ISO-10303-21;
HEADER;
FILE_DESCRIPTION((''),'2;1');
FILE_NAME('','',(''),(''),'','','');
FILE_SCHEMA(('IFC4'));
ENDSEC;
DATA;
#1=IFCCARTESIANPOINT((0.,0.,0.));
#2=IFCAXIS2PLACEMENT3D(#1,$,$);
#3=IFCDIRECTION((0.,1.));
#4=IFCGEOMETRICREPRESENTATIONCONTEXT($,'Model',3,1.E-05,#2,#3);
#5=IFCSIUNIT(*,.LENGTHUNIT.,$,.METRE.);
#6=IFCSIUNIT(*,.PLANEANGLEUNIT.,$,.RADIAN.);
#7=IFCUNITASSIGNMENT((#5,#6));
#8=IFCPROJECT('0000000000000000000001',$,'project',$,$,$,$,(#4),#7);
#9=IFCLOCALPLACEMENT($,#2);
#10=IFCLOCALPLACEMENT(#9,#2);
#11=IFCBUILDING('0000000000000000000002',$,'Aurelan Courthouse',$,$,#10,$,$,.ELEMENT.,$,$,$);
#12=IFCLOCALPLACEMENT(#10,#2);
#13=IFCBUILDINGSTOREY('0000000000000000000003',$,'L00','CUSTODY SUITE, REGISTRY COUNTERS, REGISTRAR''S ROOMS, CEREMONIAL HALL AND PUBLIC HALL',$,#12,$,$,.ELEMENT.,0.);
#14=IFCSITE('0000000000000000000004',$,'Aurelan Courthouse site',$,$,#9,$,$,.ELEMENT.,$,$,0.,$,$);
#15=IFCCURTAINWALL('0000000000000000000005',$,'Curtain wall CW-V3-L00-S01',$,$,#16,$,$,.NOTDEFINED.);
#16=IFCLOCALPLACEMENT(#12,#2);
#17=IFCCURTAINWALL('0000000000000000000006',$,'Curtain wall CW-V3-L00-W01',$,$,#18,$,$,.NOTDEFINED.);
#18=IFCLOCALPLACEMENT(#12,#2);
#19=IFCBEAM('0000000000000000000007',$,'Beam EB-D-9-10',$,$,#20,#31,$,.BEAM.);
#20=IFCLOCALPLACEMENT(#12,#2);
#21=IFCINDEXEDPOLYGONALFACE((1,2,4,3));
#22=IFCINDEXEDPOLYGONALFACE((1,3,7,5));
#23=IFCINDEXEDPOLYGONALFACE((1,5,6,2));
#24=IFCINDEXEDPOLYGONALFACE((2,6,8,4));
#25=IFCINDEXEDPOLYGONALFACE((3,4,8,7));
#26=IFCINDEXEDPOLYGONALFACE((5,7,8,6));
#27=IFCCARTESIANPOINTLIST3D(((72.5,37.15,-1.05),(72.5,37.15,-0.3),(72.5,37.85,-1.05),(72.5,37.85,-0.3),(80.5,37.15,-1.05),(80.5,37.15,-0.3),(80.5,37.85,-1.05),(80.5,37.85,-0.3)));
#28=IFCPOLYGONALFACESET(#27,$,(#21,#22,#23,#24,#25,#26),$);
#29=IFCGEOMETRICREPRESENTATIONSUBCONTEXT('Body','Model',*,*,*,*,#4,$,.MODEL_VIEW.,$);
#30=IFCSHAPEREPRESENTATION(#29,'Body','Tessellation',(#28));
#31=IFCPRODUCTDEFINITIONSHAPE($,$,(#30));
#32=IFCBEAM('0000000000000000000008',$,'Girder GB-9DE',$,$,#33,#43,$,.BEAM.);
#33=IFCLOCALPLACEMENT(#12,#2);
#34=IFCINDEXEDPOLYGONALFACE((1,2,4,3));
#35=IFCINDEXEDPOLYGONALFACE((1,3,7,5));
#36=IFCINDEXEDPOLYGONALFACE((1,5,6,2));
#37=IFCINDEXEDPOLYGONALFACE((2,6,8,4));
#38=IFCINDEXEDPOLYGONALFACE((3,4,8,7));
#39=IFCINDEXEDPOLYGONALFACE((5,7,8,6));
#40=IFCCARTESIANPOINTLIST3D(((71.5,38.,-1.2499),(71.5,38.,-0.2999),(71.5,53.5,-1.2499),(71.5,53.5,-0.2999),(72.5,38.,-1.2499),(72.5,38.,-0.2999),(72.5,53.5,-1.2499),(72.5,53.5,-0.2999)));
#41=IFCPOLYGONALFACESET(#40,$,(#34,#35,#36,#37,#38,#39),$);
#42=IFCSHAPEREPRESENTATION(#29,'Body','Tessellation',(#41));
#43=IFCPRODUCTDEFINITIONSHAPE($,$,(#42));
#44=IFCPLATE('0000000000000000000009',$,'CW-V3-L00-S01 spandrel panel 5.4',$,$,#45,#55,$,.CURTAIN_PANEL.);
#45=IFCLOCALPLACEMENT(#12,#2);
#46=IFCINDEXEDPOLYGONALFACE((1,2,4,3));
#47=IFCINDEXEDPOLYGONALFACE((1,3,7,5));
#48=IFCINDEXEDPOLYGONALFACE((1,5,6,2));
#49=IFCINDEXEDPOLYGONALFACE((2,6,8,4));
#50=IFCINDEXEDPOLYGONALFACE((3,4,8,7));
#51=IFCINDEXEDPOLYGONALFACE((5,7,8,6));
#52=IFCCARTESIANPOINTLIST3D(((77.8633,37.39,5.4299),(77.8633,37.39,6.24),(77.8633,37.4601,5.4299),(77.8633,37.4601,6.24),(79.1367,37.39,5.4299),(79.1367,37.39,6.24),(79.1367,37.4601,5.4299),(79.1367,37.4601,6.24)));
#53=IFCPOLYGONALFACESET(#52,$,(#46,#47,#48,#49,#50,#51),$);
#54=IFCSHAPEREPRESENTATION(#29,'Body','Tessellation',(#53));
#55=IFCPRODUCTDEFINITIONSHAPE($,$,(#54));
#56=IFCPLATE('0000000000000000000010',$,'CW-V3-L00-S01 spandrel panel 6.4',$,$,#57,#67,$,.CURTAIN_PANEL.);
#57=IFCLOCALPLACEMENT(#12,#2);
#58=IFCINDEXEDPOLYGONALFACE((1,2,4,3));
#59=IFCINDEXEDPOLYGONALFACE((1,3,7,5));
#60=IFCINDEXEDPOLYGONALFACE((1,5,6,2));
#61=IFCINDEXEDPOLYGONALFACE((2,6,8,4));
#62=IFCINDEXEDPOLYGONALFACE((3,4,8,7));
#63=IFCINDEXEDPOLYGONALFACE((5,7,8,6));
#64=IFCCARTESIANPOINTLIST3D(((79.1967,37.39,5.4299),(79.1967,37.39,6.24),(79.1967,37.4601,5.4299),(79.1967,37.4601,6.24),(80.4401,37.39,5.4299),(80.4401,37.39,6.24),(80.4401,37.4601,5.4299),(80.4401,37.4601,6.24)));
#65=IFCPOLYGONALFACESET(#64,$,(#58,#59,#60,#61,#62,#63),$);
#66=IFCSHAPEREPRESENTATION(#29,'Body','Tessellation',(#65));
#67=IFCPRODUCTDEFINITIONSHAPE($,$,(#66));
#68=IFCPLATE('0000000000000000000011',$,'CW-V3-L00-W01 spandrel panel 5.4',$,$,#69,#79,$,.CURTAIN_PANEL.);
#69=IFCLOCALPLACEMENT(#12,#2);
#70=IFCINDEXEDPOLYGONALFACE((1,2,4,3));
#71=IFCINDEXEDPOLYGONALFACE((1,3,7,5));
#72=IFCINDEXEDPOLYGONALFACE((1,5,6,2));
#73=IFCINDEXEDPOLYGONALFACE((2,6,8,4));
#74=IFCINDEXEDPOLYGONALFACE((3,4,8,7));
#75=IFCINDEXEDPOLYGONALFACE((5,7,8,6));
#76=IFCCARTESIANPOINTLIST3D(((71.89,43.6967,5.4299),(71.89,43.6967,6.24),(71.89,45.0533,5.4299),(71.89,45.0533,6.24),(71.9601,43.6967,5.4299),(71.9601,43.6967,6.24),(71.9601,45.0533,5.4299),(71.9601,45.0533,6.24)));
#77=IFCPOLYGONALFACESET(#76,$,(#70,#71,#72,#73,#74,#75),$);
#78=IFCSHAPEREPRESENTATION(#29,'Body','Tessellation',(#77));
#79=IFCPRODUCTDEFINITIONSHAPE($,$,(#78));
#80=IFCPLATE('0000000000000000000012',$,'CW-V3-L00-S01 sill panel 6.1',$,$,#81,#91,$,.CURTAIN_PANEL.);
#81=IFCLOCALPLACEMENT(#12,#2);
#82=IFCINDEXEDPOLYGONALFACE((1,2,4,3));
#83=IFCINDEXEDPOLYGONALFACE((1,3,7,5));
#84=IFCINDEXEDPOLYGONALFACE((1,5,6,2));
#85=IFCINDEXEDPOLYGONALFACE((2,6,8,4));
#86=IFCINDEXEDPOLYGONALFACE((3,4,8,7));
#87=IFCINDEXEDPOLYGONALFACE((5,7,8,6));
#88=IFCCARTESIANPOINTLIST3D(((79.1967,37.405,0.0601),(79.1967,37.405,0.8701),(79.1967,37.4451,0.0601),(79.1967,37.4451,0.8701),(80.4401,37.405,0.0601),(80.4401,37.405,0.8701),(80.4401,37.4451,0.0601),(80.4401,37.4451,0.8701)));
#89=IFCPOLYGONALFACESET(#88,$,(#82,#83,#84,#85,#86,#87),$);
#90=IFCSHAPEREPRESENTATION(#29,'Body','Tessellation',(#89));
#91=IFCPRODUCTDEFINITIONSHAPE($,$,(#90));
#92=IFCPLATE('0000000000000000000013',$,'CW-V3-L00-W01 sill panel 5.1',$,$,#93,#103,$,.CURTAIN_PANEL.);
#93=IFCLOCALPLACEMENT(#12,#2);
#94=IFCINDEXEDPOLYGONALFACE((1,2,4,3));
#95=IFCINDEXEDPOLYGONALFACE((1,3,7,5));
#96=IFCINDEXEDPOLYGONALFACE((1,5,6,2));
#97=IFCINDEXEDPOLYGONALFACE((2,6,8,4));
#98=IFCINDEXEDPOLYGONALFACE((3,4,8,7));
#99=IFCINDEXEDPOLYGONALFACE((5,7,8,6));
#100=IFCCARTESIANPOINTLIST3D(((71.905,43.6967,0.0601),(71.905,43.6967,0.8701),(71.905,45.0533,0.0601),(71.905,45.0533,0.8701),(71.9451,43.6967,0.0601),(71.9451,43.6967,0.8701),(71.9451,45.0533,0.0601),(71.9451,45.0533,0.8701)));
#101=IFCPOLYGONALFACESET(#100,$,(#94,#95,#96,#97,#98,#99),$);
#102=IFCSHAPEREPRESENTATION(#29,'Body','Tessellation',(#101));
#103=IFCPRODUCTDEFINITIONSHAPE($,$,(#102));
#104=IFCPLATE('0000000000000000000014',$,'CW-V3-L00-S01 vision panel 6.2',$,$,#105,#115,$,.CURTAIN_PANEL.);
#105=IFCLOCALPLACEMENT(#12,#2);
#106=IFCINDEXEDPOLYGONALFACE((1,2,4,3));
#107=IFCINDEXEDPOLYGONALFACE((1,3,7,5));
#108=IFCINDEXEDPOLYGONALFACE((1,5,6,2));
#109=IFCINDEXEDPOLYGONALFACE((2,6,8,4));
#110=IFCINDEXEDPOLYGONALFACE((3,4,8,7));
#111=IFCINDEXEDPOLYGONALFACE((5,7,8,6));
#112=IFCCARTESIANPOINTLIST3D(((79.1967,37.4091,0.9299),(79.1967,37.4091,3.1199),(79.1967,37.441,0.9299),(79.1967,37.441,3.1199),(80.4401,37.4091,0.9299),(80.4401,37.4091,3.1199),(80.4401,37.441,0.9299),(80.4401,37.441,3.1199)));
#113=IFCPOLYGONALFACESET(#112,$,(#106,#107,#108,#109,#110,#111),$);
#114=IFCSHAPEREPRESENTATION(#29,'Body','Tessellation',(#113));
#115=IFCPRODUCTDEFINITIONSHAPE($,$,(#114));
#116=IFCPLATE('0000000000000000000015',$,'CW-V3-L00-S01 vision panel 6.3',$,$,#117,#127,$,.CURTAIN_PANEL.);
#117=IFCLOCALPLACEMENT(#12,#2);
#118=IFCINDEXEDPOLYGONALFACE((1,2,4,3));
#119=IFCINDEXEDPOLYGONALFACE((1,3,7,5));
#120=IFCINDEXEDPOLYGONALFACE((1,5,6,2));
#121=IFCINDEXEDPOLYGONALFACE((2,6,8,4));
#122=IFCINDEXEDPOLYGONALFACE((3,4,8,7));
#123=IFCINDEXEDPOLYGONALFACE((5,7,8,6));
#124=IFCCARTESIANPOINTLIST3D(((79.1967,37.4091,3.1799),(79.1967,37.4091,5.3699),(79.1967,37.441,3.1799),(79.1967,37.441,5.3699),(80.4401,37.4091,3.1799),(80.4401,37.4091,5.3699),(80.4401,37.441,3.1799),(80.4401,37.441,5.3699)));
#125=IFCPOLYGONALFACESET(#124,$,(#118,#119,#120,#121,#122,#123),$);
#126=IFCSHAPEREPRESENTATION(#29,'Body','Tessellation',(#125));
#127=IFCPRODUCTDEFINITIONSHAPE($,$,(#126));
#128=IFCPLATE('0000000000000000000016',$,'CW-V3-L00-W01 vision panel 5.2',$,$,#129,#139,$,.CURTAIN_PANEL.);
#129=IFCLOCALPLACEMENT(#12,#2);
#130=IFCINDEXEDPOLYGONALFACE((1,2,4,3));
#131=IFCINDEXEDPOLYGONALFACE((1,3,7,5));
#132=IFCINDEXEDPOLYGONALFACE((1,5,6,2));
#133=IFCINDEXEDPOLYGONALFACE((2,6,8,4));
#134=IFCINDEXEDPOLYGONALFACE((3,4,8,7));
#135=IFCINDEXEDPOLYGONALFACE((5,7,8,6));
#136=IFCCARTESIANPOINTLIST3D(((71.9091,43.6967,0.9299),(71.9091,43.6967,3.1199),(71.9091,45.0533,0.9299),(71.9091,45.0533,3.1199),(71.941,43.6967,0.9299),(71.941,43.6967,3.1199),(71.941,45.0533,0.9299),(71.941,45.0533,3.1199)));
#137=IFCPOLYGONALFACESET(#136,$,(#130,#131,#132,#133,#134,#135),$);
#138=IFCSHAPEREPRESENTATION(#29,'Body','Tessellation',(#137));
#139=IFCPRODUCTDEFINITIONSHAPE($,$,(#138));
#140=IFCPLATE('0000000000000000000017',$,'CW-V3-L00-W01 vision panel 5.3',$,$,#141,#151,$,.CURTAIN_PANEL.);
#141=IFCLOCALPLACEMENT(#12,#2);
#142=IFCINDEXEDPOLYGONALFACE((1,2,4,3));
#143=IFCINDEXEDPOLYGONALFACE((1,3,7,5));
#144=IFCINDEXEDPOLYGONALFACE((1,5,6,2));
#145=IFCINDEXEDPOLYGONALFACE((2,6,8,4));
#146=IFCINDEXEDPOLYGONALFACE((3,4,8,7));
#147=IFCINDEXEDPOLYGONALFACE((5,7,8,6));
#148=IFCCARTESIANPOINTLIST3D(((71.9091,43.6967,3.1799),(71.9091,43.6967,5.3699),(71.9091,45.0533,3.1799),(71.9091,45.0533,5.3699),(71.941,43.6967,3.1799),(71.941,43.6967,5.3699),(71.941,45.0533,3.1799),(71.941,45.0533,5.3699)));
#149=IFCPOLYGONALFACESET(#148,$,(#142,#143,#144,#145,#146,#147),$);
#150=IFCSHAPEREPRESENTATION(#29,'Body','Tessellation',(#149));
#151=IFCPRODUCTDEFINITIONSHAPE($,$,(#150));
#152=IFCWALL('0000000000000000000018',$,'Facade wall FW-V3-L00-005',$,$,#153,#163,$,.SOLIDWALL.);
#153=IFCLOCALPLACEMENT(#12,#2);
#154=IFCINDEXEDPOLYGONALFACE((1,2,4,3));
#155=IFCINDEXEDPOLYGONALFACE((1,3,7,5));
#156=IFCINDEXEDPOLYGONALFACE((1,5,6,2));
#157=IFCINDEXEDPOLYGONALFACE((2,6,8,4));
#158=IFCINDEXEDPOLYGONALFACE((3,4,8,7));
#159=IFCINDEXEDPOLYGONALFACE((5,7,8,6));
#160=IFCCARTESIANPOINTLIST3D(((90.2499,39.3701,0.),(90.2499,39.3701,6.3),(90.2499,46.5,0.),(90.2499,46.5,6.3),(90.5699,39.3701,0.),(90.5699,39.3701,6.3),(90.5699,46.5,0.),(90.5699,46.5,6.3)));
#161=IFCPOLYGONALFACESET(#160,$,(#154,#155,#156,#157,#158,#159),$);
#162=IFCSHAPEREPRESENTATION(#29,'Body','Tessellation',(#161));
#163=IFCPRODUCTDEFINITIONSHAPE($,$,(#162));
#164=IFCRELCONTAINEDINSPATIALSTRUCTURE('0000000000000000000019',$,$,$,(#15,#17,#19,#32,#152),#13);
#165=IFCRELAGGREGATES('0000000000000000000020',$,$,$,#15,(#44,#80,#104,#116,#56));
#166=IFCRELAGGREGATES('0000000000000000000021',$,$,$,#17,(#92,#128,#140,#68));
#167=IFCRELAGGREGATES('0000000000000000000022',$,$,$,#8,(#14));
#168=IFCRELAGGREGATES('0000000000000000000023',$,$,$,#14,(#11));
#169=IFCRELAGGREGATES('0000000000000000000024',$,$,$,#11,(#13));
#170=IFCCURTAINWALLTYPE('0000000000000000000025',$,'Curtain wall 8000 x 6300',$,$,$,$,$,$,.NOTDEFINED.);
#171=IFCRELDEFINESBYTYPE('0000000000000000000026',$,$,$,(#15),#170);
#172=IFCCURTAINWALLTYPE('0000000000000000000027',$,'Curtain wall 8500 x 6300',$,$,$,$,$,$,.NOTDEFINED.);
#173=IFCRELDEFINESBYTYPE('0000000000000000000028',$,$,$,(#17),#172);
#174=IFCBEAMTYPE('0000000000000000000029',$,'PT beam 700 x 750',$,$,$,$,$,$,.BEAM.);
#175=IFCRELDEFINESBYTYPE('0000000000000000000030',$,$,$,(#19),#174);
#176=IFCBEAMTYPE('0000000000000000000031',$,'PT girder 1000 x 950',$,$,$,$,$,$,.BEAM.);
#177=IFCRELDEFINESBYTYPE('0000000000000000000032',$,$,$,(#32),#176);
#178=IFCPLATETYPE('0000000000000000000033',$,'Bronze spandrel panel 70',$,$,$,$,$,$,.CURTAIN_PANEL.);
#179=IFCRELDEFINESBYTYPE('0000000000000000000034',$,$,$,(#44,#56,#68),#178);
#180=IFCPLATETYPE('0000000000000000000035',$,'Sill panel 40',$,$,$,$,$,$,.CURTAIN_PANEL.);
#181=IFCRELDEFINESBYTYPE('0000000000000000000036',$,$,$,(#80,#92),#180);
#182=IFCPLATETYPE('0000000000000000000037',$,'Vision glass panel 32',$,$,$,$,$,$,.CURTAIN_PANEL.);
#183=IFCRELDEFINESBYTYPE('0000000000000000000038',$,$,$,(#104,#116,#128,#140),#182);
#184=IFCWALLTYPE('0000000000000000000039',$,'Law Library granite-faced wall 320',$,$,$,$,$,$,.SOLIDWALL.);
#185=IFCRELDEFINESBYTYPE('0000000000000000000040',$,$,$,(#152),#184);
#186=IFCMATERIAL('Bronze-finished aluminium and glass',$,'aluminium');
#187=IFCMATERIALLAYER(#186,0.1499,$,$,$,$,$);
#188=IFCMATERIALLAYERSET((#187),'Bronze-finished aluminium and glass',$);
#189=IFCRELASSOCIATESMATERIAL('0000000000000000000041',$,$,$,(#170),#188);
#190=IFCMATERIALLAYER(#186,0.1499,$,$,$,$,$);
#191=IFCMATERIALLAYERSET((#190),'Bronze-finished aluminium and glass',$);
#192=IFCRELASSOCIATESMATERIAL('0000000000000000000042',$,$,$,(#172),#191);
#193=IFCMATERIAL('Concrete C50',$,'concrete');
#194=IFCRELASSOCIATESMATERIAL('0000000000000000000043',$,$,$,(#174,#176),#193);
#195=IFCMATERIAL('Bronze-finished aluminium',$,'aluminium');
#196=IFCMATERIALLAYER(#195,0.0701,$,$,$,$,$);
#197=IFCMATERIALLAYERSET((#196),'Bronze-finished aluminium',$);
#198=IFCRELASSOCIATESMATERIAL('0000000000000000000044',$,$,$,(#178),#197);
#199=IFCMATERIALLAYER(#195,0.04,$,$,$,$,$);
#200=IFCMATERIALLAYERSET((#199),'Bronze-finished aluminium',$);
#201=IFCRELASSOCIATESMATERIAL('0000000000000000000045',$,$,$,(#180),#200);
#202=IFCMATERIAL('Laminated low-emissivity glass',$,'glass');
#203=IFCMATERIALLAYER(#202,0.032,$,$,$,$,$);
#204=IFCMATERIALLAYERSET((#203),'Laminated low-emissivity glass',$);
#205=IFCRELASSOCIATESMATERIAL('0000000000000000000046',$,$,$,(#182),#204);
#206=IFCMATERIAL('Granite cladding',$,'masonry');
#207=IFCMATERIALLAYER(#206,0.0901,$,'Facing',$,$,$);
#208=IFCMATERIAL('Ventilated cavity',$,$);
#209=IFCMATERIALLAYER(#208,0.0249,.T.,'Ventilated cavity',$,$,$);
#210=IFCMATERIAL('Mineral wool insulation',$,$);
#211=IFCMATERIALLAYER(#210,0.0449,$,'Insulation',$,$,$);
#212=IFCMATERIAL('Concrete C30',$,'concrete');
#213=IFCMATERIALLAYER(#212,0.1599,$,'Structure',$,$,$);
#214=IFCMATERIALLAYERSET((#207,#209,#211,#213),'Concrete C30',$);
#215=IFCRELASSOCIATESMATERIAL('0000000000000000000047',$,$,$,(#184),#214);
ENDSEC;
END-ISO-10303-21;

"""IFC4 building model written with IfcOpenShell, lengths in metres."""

from ifc_helpers import new_model, si_unit, direction, frame, frame_2d, origin, origin_2d, place, context, subcontext, project, spatial, rectangle, extrude, material, layer, layer_set, material_profile, profile_set, type_object, element, aggregate, save


model = new_model("IFC4")

# Units and contexts
model_context = context("Model", 3, precision=1e-05, world=origin(), true_north=direction((0.0, 1.0)))
body_context = subcontext(model_context, "Body", "Model", "MODEL_VIEW")
ifc_project = project(units=[si_unit("LENGTHUNIT", "METRE"), si_unit("PLANEANGLEUNIT", "RADIAN")], contexts=[model_context])

# Site, building, storey
site_placement = place(None, origin())
site = spatial("IfcSite", under=ifc_project, at=site_placement, Name="Aurelan Courthouse site", CompositionType="ELEMENT", RefElevation=0.0)
building_placement = place(site_placement, origin())
building = spatial("IfcBuilding", under=site, at=building_placement, Name="Aurelan Courthouse", CompositionType="ELEMENT")
storey_placement = place(building_placement, origin())
storey = spatial("IfcBuildingStorey", under=building, at=storey_placement, Name="L00", Description="CUSTODY SUITE, REGISTRY COUNTERS, REGISTRAR'S ROOMS, CEREMONIAL HALL AND PUBLIC HALL", CompositionType="ELEMENT", Elevation=0.0)

# Shared definitions
ifc_material_1 = material(Name="Concrete C50", Category="concrete")

# Curtain wall
ifc_material_2 = material(Name="Bronze-finished aluminium and glass", Category="aluminium")
ifc_layer_1 = layer(ifc_material_2, 0.1499)
ifc_layer_set_1 = layer_set([ifc_layer_1], Name="Bronze-finished aluminium and glass")
curtain_wall_type_1 = type_object("IfcCurtainWallType", Name="Curtain wall 8000 x 6300", PredefinedType="NOTDEFINED", material=ifc_layer_set_1)
curtain_wall_1_placement = place(storey_placement, origin())
curtain_wall_1 = element("IfcCurtainWall", 1, at=curtain_wall_1_placement, inside=storey, type_object=curtain_wall_type_1, Name="Curtain wall CW-V3-L00-S01", PredefinedType="NOTDEFINED")
ifc_material_3 = material(Name="Bronze-finished aluminium", Category="aluminium")

# Curtain wall
ifc_layer_2 = layer(ifc_material_2, 0.1499)
ifc_layer_set_2 = layer_set([ifc_layer_2], Name="Bronze-finished aluminium and glass")
curtain_wall_type_2 = type_object("IfcCurtainWallType", Name="Curtain wall 8500 x 6300", PredefinedType="NOTDEFINED", material=ifc_layer_set_2)
curtain_wall_2_placement = place(storey_placement, origin())
curtain_wall_2 = element("IfcCurtainWall", 2, at=curtain_wall_2_placement, inside=storey, type_object=curtain_wall_type_2, Name="Curtain wall CW-V3-L00-W01", PredefinedType="NOTDEFINED")

# Beams
ifc_material_profile_1 = material_profile(ifc_material_1, rectangle(XDim=0.7, YDim=0.75, at=origin_2d()), Name="RC 700 x 750")
ifc_profile_set_1 = profile_set([ifc_material_profile_1], Name="Concrete C50")
beam_type_1 = type_object("IfcBeamType", Name="PT beam 700 x 750", PredefinedType="BEAM", material=ifc_profile_set_1)
beam_1_placement = place(storey_placement, frame((72.5, 37.5, -0.675), z_axis=(1.0, 0.0, 0.0), x_axis=(0.0, 1.0, 0.0)))
element("IfcBeam", 3, at=beam_1_placement, inside=storey, type_object=beam_type_1, Name="Beam EB-D-9-10", PredefinedType="BEAM", context=body_context, shape_type="SweptSolid", body=[
    extrude(rectangle(XDim=0.7, YDim=0.75, at=origin_2d()), origin(), (0.0, 0.0, 1.0), 8.0),
])
ifc_material_profile_2 = material_profile(ifc_material_1, rectangle(XDim=1.0, YDim=0.95, at=origin_2d()), Name="RC 1000 x 950")
ifc_profile_set_2 = profile_set([ifc_material_profile_2], Name="Concrete C50")
beam_type_2 = type_object("IfcBeamType", Name="PT girder 1000 x 950", PredefinedType="BEAM", material=ifc_profile_set_2)
beam_2_placement = place(storey_placement, frame((72.0, 38.0, -0.7749), z_axis=(0.0, 1.0, 0.0), x_axis=(-1.0, 0.0, 0.0)))
element("IfcBeam", 4, at=beam_2_placement, inside=storey, type_object=beam_type_2, Name="Girder GB-9DE", PredefinedType="BEAM", context=body_context, shape_type="SweptSolid", body=[
    extrude(rectangle(XDim=1.0, YDim=0.95, at=origin_2d()), origin(), (0.0, 0.0, 1.0), 15.5),
])

# Plates
ifc_layer_3 = layer(ifc_material_3, 0.0701)
ifc_layer_set_3 = layer_set([ifc_layer_3], Name="Bronze-finished aluminium")
plate_type_1 = type_object("IfcPlateType", Name="Bronze spandrel panel 70", PredefinedType="CURTAIN_PANEL", material=ifc_layer_set_3)
plate_1_placement = place(storey_placement, frame((78.5, 37.425, 5.4299), z_axis=(0.0, 0.0, 1.0), x_axis=(1.0, 0.0, 0.0)))
plate_1 = element("IfcPlate", 5, at=plate_1_placement, type_object=plate_type_1, Name="CW-V3-L00-S01 spandrel panel 5.4", PredefinedType="CURTAIN_PANEL", context=body_context, shape_type="SweptSolid", body=[
    extrude(rectangle(XDim=1.2734, YDim=0.0701, at=origin_2d()), origin(), (0.0, 0.0, 1.0), 0.8101),
])
plate_2_placement = place(storey_placement, frame((79.8184, 37.425, 5.4299), z_axis=(0.0, 0.0, 1.0), x_axis=(1.0, 0.0, 0.0)))
plate_2 = element("IfcPlate", 6, at=plate_2_placement, type_object=plate_type_1, Name="CW-V3-L00-S01 spandrel panel 6.4", PredefinedType="CURTAIN_PANEL", context=body_context, shape_type="SweptSolid", body=[
    extrude(rectangle(XDim=1.2434, YDim=0.0701, at=origin_2d()), origin(), (0.0, 0.0, 1.0), 0.8101),
])
plate_3_placement = place(storey_placement, frame((71.925, 44.375, 5.4299), z_axis=(0.0, 0.0, 1.0), x_axis=(0.0, 1.0, 0.0)))
plate_3 = element("IfcPlate", 7, at=plate_3_placement, type_object=plate_type_1, Name="CW-V3-L00-W01 spandrel panel 5.4", PredefinedType="CURTAIN_PANEL", context=body_context, shape_type="SweptSolid", body=[
    extrude(rectangle(XDim=1.3567, YDim=0.0701, at=origin_2d()), origin(), (0.0, 0.0, 1.0), 0.8101),
])
ifc_layer_4 = layer(ifc_material_3, 0.04)
ifc_layer_set_4 = layer_set([ifc_layer_4], Name="Bronze-finished aluminium")
plate_type_2 = type_object("IfcPlateType", Name="Sill panel 40", PredefinedType="CURTAIN_PANEL", material=ifc_layer_set_4)
plate_4_placement = place(storey_placement, frame((79.8184, 37.425, 0.0601), z_axis=(0.0, 0.0, 1.0), x_axis=(1.0, 0.0, 0.0)))
plate_4 = element("IfcPlate", 8, at=plate_4_placement, type_object=plate_type_2, Name="CW-V3-L00-S01 sill panel 6.1", PredefinedType="CURTAIN_PANEL", context=body_context, shape_type="SweptSolid", body=[
    extrude(rectangle(XDim=1.2434, YDim=0.04, at=origin_2d()), origin(), (0.0, 0.0, 1.0), 0.8101),
])
plate_5_placement = place(storey_placement, frame((71.925, 44.375, 0.0601), z_axis=(0.0, 0.0, 1.0), x_axis=(0.0, 1.0, 0.0)))
plate_5 = element("IfcPlate", 9, at=plate_5_placement, type_object=plate_type_2, Name="CW-V3-L00-W01 sill panel 5.1", PredefinedType="CURTAIN_PANEL", context=body_context, shape_type="SweptSolid", body=[
    extrude(rectangle(XDim=1.3567, YDim=0.04, at=origin_2d()), origin(), (0.0, 0.0, 1.0), 0.8101),
])
ifc_material_4 = material(Name="Laminated low-emissivity glass", Category="glass")
ifc_layer_5 = layer(ifc_material_4, 0.032)
ifc_layer_set_5 = layer_set([ifc_layer_5], Name="Laminated low-emissivity glass")
plate_type_3 = type_object("IfcPlateType", Name="Vision glass panel 32", PredefinedType="CURTAIN_PANEL", material=ifc_layer_set_5)
plate_6_placement = place(storey_placement, frame((79.8184, 37.425, 0.9299), z_axis=(0.0, 0.0, 1.0), x_axis=(1.0, 0.0, 0.0)))
plate_6 = element("IfcPlate", 10, at=plate_6_placement, type_object=plate_type_3, Name="CW-V3-L00-S01 vision panel 6.2", PredefinedType="CURTAIN_PANEL", context=body_context, shape_type="SweptSolid", body=[
    extrude(rectangle(XDim=1.2434, YDim=0.032, at=origin_2d()), origin(), (0.0, 0.0, 1.0), 2.1899),
])
plate_7_placement = place(storey_placement, frame((79.8184, 37.425, 3.1799), z_axis=(0.0, 0.0, 1.0), x_axis=(1.0, 0.0, 0.0)))
plate_7 = element("IfcPlate", 11, at=plate_7_placement, type_object=plate_type_3, Name="CW-V3-L00-S01 vision panel 6.3", PredefinedType="CURTAIN_PANEL", context=body_context, shape_type="SweptSolid", body=[
    extrude(rectangle(XDim=1.2434, YDim=0.032, at=origin_2d()), origin(), (0.0, 0.0, 1.0), 2.1899),
])
aggregate(curtain_wall_1, [plate_1, plate_4, plate_6, plate_7, plate_2])
plate_8_placement = place(storey_placement, frame((71.925, 44.375, 0.9299), z_axis=(0.0, 0.0, 1.0), x_axis=(0.0, 1.0, 0.0)))
plate_8 = element("IfcPlate", 12, at=plate_8_placement, type_object=plate_type_3, Name="CW-V3-L00-W01 vision panel 5.2", PredefinedType="CURTAIN_PANEL", context=body_context, shape_type="SweptSolid", body=[
    extrude(rectangle(XDim=1.3567, YDim=0.032, at=origin_2d()), origin(), (0.0, 0.0, 1.0), 2.1899),
])
plate_9_placement = place(storey_placement, frame((71.925, 44.375, 3.1799), z_axis=(0.0, 0.0, 1.0), x_axis=(0.0, 1.0, 0.0)))
plate_9 = element("IfcPlate", 13, at=plate_9_placement, type_object=plate_type_3, Name="CW-V3-L00-W01 vision panel 5.3", PredefinedType="CURTAIN_PANEL", context=body_context, shape_type="SweptSolid", body=[
    extrude(rectangle(XDim=1.3567, YDim=0.032, at=origin_2d()), origin(), (0.0, 0.0, 1.0), 2.1899),
])
aggregate(curtain_wall_2, [plate_5, plate_8, plate_9, plate_3])

# Wall
ifc_material_5 = material(Name="Granite cladding", Category="masonry")
ifc_layer_6 = layer(ifc_material_5, 0.0901, Name="Facing")
ifc_material_6 = material(Name="Ventilated cavity")
ifc_layer_7 = layer(ifc_material_6, 0.0249, ventilated=True, Name="Ventilated cavity")
ifc_material_7 = material(Name="Mineral wool insulation")
ifc_layer_8 = layer(ifc_material_7, 0.0449, Name="Insulation")
ifc_material_8 = material(Name="Concrete C30", Category="concrete")
ifc_layer_9 = layer(ifc_material_8, 0.1599, Name="Structure")
ifc_layer_set_6 = layer_set([ifc_layer_6, ifc_layer_7, ifc_layer_8, ifc_layer_9], Name="Concrete C30")
wall_type_1 = type_object("IfcWallType", Name="Law Library granite-faced wall 320", PredefinedType="SOLIDWALL", material=ifc_layer_set_6)
wall_1_placement = place(storey_placement, frame((90.4099, 39.3701, 0.0), z_axis=(0.0, 0.0, 1.0), x_axis=(0.0, 1.0, 0.0)))
element("IfcWall", 14, at=wall_1_placement, inside=storey, type_object=wall_type_1, Name="Facade wall FW-V3-L00-005", PredefinedType="SOLIDWALL", context=body_context, shape_type="SweptSolid", body=[
    extrude(rectangle(XDim=7.1299, YDim=0.3201, at=frame_2d((3.5649, 0.0))), origin(), (0.0, 0.0, 1.0), 6.3),
])

save(model, "model.ifc")
